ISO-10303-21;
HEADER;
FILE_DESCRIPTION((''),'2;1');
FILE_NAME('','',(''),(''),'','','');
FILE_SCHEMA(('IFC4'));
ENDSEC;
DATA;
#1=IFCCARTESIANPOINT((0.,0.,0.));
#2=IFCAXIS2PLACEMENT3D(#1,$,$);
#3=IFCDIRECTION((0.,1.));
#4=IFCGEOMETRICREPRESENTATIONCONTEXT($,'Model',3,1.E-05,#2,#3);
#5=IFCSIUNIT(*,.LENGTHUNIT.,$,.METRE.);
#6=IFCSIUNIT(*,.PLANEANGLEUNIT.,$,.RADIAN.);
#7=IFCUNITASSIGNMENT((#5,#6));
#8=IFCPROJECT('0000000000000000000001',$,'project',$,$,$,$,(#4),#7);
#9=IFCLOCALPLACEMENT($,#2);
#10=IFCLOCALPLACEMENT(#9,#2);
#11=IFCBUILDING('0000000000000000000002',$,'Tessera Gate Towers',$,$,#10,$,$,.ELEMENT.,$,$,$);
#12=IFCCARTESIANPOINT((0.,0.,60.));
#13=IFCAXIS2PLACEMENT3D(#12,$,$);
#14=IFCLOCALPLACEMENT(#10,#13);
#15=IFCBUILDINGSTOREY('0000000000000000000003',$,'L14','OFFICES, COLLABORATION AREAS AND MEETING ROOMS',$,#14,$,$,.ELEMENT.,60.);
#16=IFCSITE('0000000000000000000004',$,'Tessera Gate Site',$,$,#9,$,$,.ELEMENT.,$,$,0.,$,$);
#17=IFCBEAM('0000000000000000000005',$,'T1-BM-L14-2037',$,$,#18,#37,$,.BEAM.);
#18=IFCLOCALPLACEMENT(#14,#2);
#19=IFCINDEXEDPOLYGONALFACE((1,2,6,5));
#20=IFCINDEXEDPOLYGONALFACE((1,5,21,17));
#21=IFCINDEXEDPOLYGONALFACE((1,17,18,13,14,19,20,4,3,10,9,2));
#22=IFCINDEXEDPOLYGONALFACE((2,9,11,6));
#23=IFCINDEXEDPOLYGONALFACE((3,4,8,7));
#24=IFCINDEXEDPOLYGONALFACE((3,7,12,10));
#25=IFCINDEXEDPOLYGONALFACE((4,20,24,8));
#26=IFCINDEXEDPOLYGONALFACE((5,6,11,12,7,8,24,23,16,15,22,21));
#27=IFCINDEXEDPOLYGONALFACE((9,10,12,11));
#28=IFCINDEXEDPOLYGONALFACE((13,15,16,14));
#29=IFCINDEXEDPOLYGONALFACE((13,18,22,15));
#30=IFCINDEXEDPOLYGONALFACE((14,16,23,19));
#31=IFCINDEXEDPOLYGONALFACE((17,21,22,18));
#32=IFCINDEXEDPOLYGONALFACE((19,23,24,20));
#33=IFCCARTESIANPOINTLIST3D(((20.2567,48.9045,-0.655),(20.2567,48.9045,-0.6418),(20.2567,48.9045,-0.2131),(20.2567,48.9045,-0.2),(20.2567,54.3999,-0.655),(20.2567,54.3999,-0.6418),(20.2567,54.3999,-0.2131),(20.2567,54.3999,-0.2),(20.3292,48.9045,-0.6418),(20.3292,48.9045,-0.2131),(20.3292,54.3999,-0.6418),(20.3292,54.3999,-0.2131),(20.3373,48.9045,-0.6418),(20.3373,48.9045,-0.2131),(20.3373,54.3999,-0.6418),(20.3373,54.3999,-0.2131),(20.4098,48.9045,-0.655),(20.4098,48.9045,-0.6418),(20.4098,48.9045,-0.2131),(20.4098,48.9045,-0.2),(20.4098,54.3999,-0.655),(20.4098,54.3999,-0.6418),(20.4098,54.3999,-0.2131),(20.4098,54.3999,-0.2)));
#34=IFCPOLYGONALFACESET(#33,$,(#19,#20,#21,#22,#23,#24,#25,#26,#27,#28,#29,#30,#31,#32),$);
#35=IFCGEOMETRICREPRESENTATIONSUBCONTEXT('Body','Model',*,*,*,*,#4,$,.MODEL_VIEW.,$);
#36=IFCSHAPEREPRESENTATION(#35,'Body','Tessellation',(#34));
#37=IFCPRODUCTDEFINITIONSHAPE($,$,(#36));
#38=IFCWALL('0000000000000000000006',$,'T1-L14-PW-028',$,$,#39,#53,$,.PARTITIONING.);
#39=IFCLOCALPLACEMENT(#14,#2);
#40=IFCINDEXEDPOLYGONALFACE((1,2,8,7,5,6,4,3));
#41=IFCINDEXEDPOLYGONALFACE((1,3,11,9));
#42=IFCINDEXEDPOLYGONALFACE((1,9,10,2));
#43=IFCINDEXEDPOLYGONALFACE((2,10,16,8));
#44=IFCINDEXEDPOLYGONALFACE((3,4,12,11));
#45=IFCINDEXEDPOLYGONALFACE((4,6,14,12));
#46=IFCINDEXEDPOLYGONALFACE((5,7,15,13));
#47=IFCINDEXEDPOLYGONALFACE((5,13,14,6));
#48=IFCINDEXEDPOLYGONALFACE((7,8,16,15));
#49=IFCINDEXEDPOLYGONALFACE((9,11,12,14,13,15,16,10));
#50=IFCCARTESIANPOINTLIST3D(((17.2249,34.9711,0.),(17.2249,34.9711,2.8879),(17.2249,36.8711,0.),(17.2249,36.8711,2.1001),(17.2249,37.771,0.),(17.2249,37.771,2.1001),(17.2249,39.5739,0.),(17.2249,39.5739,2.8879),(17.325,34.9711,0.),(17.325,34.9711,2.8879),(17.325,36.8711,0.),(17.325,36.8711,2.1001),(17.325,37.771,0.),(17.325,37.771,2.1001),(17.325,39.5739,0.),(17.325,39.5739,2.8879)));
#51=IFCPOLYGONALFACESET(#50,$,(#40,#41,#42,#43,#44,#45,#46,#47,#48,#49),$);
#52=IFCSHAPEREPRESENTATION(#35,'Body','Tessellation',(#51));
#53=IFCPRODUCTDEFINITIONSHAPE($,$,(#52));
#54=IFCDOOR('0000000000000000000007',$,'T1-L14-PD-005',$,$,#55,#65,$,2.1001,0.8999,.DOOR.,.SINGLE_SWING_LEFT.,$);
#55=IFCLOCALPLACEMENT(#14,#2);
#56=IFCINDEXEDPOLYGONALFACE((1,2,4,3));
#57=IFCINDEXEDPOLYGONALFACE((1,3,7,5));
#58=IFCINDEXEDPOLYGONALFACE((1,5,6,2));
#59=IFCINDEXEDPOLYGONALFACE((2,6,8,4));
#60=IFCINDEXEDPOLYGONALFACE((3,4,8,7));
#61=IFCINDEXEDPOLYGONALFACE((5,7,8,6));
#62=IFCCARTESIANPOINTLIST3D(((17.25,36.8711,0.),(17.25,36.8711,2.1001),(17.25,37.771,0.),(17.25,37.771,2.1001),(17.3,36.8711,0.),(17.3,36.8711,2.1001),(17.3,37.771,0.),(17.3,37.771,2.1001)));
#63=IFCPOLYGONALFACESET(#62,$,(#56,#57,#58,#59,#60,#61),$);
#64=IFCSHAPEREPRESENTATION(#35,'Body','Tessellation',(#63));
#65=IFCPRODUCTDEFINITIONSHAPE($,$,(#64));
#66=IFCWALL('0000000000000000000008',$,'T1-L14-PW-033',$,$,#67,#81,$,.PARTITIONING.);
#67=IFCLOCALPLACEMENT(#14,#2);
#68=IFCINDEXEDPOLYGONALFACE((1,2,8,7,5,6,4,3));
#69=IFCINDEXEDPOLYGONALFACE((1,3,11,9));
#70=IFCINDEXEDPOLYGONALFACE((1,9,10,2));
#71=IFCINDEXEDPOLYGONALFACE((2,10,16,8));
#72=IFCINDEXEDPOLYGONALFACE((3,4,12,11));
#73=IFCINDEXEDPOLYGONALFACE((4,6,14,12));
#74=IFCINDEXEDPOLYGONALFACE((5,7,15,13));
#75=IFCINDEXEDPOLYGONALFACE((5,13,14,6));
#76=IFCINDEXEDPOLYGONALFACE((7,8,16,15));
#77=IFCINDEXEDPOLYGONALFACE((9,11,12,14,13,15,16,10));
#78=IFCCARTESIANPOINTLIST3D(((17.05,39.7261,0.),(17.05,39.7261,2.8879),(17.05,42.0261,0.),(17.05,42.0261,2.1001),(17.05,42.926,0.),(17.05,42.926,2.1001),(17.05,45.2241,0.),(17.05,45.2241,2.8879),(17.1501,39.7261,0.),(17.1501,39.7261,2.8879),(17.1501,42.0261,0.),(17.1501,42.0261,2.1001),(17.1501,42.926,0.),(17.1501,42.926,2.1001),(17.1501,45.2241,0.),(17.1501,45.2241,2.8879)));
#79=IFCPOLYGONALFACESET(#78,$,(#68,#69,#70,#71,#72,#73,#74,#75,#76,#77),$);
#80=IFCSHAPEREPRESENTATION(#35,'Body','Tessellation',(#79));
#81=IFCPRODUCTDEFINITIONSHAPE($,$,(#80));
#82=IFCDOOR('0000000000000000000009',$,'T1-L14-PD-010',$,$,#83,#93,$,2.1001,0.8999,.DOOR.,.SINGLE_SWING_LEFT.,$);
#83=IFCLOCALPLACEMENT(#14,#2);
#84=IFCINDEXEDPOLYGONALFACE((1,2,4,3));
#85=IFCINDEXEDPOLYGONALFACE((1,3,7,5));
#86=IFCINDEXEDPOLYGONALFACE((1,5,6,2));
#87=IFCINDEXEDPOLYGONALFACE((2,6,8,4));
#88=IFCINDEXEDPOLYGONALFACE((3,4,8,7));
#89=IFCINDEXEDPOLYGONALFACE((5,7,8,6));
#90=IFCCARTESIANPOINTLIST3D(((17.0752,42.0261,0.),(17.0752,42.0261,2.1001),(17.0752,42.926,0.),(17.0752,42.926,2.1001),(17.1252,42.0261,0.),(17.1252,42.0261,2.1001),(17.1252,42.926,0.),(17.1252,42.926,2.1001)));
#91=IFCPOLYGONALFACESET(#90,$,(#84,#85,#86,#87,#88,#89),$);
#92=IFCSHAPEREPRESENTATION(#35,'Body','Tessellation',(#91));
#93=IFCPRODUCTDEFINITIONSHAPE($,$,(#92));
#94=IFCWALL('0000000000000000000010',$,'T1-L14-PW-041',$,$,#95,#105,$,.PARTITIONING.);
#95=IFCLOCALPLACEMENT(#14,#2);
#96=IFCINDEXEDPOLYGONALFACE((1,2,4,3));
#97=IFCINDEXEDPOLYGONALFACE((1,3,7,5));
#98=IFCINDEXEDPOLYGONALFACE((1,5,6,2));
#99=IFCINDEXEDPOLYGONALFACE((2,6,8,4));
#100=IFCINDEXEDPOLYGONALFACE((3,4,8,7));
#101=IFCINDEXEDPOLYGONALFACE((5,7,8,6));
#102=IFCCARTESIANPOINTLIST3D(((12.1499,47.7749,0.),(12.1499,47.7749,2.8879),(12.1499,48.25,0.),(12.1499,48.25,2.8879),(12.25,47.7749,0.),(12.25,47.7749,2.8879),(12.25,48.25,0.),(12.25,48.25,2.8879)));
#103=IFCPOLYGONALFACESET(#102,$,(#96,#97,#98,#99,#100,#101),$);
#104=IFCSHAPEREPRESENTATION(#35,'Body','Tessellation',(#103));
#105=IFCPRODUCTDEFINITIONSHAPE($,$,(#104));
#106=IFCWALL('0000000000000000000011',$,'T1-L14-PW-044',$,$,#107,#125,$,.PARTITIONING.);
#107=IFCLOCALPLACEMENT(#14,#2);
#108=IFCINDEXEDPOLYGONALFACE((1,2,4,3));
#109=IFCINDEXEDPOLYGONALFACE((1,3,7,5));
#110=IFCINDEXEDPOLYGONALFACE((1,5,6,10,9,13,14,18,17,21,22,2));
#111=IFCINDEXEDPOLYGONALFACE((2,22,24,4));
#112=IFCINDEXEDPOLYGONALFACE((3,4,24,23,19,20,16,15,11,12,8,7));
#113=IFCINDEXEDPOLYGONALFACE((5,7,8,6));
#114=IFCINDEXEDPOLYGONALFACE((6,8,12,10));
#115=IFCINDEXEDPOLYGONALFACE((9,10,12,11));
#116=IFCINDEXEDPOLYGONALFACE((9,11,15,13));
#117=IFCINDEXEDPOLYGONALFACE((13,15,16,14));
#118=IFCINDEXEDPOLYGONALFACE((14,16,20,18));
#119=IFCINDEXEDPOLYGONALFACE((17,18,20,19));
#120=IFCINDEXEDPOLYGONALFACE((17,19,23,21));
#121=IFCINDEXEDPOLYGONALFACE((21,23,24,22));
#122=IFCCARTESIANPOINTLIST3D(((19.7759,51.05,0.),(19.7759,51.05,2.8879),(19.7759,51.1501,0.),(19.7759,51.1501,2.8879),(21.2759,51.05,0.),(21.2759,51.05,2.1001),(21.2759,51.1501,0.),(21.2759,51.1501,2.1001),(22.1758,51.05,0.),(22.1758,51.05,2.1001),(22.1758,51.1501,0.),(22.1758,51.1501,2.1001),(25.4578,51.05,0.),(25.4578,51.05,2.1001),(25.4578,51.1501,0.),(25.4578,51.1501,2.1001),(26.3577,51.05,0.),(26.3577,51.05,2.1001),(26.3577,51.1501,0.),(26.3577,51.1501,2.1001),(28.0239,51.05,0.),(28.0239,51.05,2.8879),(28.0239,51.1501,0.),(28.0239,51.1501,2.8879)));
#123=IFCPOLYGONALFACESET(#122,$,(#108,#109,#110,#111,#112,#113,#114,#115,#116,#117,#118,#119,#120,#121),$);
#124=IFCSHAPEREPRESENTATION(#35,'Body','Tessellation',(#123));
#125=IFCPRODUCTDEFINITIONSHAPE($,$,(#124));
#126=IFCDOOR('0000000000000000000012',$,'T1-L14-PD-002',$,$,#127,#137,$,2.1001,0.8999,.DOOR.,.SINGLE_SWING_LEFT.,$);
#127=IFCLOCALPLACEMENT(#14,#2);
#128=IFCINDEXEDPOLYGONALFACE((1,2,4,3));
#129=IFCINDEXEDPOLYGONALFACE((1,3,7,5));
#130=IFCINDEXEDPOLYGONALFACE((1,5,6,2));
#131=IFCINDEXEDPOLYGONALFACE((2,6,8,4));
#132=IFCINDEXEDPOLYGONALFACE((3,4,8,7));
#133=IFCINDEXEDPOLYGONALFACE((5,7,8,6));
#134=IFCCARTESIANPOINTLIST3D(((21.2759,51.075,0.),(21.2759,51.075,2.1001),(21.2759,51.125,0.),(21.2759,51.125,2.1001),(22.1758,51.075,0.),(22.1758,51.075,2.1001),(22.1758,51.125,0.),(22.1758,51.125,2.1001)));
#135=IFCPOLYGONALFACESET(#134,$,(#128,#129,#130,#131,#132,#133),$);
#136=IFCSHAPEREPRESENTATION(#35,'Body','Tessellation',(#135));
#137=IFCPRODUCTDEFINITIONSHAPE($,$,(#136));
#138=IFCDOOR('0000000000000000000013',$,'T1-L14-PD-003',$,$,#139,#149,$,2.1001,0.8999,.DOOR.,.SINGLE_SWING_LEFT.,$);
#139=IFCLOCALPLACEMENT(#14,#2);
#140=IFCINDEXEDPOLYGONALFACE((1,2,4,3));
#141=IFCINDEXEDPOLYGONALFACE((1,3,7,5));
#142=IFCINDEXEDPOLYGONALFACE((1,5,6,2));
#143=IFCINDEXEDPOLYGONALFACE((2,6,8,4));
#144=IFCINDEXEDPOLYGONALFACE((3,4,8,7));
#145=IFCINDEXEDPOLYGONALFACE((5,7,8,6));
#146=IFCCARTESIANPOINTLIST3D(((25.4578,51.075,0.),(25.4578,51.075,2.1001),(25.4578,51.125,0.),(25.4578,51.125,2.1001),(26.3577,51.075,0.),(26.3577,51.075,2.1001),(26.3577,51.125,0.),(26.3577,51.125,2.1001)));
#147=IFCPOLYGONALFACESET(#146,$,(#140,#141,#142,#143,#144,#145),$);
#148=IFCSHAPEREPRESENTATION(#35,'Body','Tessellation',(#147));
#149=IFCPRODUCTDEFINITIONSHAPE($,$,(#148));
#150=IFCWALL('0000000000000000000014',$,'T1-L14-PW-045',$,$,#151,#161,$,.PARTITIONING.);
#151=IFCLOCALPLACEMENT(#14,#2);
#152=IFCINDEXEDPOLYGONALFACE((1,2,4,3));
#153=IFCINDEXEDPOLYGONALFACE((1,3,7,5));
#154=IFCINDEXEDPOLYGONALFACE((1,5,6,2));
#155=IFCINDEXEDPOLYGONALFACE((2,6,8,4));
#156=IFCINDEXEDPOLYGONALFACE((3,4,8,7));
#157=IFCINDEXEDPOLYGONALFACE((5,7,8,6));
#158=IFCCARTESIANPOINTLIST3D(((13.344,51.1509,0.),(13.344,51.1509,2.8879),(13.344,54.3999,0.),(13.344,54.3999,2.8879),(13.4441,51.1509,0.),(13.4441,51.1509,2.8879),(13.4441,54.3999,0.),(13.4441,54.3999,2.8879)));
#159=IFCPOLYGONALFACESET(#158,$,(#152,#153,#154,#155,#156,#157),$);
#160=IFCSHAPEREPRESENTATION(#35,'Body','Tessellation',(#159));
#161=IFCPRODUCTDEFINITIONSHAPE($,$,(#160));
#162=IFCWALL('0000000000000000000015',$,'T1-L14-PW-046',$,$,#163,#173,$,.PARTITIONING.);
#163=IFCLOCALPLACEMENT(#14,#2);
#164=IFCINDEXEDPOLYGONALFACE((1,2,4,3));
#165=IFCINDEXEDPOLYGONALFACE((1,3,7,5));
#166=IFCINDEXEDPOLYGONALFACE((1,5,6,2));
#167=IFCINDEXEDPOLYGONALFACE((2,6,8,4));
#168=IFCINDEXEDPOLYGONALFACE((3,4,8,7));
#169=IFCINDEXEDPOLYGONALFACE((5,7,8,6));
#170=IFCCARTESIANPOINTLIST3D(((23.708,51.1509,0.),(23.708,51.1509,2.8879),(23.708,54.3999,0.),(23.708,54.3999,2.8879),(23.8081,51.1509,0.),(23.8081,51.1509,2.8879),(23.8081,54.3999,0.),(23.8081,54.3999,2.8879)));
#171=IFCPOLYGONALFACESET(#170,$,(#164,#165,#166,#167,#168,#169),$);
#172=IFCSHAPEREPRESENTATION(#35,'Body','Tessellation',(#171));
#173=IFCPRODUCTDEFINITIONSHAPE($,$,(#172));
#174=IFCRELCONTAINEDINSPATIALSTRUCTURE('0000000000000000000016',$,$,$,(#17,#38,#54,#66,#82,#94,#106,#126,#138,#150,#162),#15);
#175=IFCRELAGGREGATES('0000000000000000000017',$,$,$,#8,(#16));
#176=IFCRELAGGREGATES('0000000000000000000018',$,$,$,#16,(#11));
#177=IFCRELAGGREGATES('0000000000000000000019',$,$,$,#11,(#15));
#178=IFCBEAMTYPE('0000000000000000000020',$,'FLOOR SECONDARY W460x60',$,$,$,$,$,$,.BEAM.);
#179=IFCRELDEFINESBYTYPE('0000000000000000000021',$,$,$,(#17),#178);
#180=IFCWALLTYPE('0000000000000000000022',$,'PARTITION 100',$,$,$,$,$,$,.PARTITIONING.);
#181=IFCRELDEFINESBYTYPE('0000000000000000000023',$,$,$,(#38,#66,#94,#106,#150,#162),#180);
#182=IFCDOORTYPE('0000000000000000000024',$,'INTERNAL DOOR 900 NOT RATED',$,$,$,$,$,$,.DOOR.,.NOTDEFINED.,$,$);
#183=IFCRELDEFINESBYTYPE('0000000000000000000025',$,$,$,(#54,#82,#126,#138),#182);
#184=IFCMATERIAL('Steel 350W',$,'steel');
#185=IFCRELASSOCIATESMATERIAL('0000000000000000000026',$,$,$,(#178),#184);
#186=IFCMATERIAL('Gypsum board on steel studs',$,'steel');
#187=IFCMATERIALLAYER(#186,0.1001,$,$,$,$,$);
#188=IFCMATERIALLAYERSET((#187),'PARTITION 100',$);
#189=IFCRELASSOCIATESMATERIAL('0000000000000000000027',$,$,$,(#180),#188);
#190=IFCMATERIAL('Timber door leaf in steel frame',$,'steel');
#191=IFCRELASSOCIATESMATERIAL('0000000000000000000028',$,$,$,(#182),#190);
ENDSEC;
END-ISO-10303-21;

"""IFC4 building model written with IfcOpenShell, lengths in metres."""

from ifc_helpers import new_model, si_unit, direction, frame, frame_2d, origin, origin_2d, place, context, subcontext, project, spatial, rectangle, i_section, extrude, source, transform, mapped, material, layer, layer_set, material_profile, profile_set, type_object, element, fill, save


model = new_model("IFC4")

# Units and contexts
model_context = context("Model", 3, precision=1e-05, world=origin(), true_north=direction((0.0, 1.0)))
body_context = subcontext(model_context, "Body", "Model", "MODEL_VIEW")
ifc_project = project(units=[si_unit("LENGTHUNIT", "METRE"), si_unit("PLANEANGLEUNIT", "RADIAN")], contexts=[model_context])

# Site, building, storey
site_placement = place(None, origin())
site = spatial("IfcSite", under=ifc_project, at=site_placement, Name="Tessera Gate Site", CompositionType="ELEMENT", RefElevation=0.0)
building_placement = place(site_placement, origin())
building = spatial("IfcBuilding", under=site, at=building_placement, Name="Tessera Gate Towers", CompositionType="ELEMENT")
storey_placement = place(building_placement, frame((0.0, 0.0, 60.0)))
storey = spatial("IfcBuildingStorey", under=building, at=storey_placement, Name="L14", Description="OFFICES, COLLABORATION AREAS AND MEETING ROOMS", CompositionType="ELEMENT", Elevation=60.0)

# Beam
ifc_material_1 = material(Name="Steel 350W", Category="steel")
ifc_material_profile_1 = material_profile(ifc_material_1, i_section(OverallWidth=0.1531, OverallDepth=0.4551, WebThickness=0.0081, FlangeThickness=0.0132, at=origin_2d()), Name="W460x60")
ifc_profile_set_1 = profile_set([ifc_material_profile_1], Name="Steel 350W")
beam_type_1 = type_object("IfcBeamType", Name="FLOOR SECONDARY W460x60", PredefinedType="BEAM", material=ifc_profile_set_1)
beam_1_placement = place(storey_placement, frame((20.3333, 48.9045, -0.4275), z_axis=(0.0, 1.0, 0.0), x_axis=(-1.0, 0.0, 0.0)))
element("IfcBeam", 1, at=beam_1_placement, inside=storey, type_object=beam_type_1, Name="T1-BM-L14-2037", PredefinedType="BEAM", context=body_context, shape_type="SweptSolid", body=[
    extrude(i_section(OverallWidth=0.1531, OverallDepth=0.4551, WebThickness=0.0081, FlangeThickness=0.0132, at=origin_2d()), origin(), (0.0, 0.0, 1.0), 5.4954),
])

# Walls, openings, doors
ifc_material_2 = material(Name="Gypsum board on steel studs", Category="steel")
ifc_layer_1 = layer(ifc_material_2, 0.1001)
ifc_layer_set_1 = layer_set([ifc_layer_1], Name="PARTITION 100")
wall_type_1 = type_object("IfcWallType", Name="PARTITION 100", PredefinedType="PARTITIONING", material=ifc_layer_set_1)
wall_1_placement = place(storey_placement, frame((17.2749, 34.9712, 0.0), z_axis=(0.0, 0.0, 1.0), x_axis=(0.0, 1.0, 0.0)))
wall_1 = element("IfcWall", 2, at=wall_1_placement, inside=storey, type_object=wall_type_1, Name="T1-L14-PW-028", PredefinedType="PARTITIONING", context=body_context, shape_type="SweptSolid", body=[
    extrude(rectangle(XDim=4.6028, YDim=0.1001, at=frame_2d((2.3013, 0.0))), origin(), (0.0, 0.0, 1.0), 2.8879),
])
shared_shape_1 = source(origin(), body_context, "Body", "SweptSolid", [
    extrude(rectangle(XDim=0.8999, YDim=2.1001, at=frame_2d((0.45, 1.05))), frame((0.0, 0.0601, 0.0), z_axis=(0.0, -1.0, 0.0), x_axis=(1.0, 0.0, 0.0)), (0.0, 0.0, 1.0), 0.1201),
])
opening_1_placement = place(wall_1_placement, frame((1.8999, 0.0, 0.0)))
opening_1 = element("IfcOpeningElement", 3, at=opening_1_placement, cuts=wall_1, PredefinedType="OPENING", context=body_context, shape_type="MappedRepresentation", body=[
    mapped(shared_shape_1, transform((0.0, 0.0, 0.0), scale=1.0)),
])
ifc_material_3 = material(Name="Timber door leaf in steel frame", Category="steel")
door_type = type_object("IfcDoorType", Name="INTERNAL DOOR 900 NOT RATED", OperationType="NOTDEFINED", PredefinedType="DOOR", material=ifc_material_3)
shared_shape_2 = source(origin(), body_context, "Body", "SweptSolid", [
    extrude(rectangle(XDim=0.8999, YDim=2.1001, at=frame_2d((0.45, 1.05))), frame((0.0, 0.0249, 0.0), z_axis=(0.0, -1.0, 0.0), x_axis=(1.0, 0.0, 0.0)), (0.0, 0.0, 1.0), 0.05),
])
door_1_placement = place(opening_1_placement, origin())
door_1 = element("IfcDoor", 4, at=door_1_placement, inside=storey, type_object=door_type, Name="T1-L14-PD-005", OperationType="SINGLE_SWING_LEFT", OverallHeight=2.1001, OverallWidth=0.8999, PredefinedType="DOOR", context=body_context, shape_type="MappedRepresentation", body=[
    mapped(shared_shape_2, transform((0.0, 0.0, 0.0), scale=1.0)),
])
fill(opening_1, door_1)
wall_2_placement = place(storey_placement, frame((17.1001, 39.7261, 0.0), z_axis=(0.0, 0.0, 1.0), x_axis=(0.0, 1.0, 0.0)))
wall_2 = element("IfcWall", 5, at=wall_2_placement, inside=storey, type_object=wall_type_1, Name="T1-L14-PW-033", PredefinedType="PARTITIONING", context=body_context, shape_type="SweptSolid", body=[
    extrude(rectangle(XDim=5.498, YDim=0.1001, at=frame_2d((2.749, 0.0))), origin(), (0.0, 0.0, 1.0), 2.8879),
])
opening_2_placement = place(wall_2_placement, frame((2.3, 0.0, 0.0)))
opening_2 = element("IfcOpeningElement", 6, at=opening_2_placement, cuts=wall_2, PredefinedType="OPENING", context=body_context, shape_type="MappedRepresentation", body=[
    mapped(shared_shape_1, transform((0.0, 0.0, 0.0), scale=1.0)),
])
door_2_placement = place(opening_2_placement, origin())
door_2 = element("IfcDoor", 7, at=door_2_placement, inside=storey, type_object=door_type, Name="T1-L14-PD-010", OperationType="SINGLE_SWING_LEFT", OverallHeight=2.1001, OverallWidth=0.8999, PredefinedType="DOOR", context=body_context, shape_type="MappedRepresentation", body=[
    mapped(shared_shape_2, transform((0.0, 0.0, 0.0), scale=1.0)),
])
fill(opening_2, door_2)

# Wall
wall_3_placement = place(storey_placement, frame((12.2, 48.25, 0.0), z_axis=(0.0, 0.0, 1.0), x_axis=(0.0, -1.0, 0.0)))
element("IfcWall", 8, at=wall_3_placement, inside=storey, type_object=wall_type_1, Name="T1-L14-PW-041", PredefinedType="PARTITIONING", context=body_context, shape_type="SweptSolid", body=[
    extrude(rectangle(XDim=0.4751, YDim=0.1001, at=frame_2d((0.2375, 0.0))), origin(), (0.0, 0.0, 1.0), 2.8879),
])

# Wall, openings, doors
wall_4_placement = place(storey_placement, frame((19.7759, 51.1001, 0.0), z_axis=(0.0, 0.0, 1.0), x_axis=(1.0, 0.0, 0.0)))
wall_4 = element("IfcWall", 9, at=wall_4_placement, inside=storey, type_object=wall_type_1, Name="T1-L14-PW-044", PredefinedType="PARTITIONING", context=body_context, shape_type="SweptSolid", body=[
    extrude(rectangle(XDim=8.248, YDim=0.1001, at=frame_2d((4.124, 0.0))), origin(), (0.0, 0.0, 1.0), 2.8879),
])
opening_3_placement = place(wall_4_placement, frame((1.5, 0.0, 0.0)))
opening_3 = element("IfcOpeningElement", 10, at=opening_3_placement, cuts=wall_4, PredefinedType="OPENING", context=body_context, shape_type="MappedRepresentation", body=[
    mapped(shared_shape_1, transform((0.0, 0.0, 0.0), scale=1.0)),
])
opening_4_placement = place(wall_4_placement, frame((5.6819, 0.0, 0.0)))
opening_4 = element("IfcOpeningElement", 11, at=opening_4_placement, cuts=wall_4, PredefinedType="OPENING", context=body_context, shape_type="MappedRepresentation", body=[
    mapped(shared_shape_1, transform((0.0, 0.0, 0.0), scale=1.0)),
])
door_3_placement = place(opening_3_placement, origin())
door_3 = element("IfcDoor", 12, at=door_3_placement, inside=storey, type_object=door_type, Name="T1-L14-PD-002", OperationType="SINGLE_SWING_LEFT", OverallHeight=2.1001, OverallWidth=0.8999, PredefinedType="DOOR", context=body_context, shape_type="MappedRepresentation", body=[
    mapped(shared_shape_2, transform((0.0, 0.0, 0.0), scale=1.0)),
])
fill(opening_3, door_3)
door_4_placement = place(opening_4_placement, origin())
door_4 = element("IfcDoor", 13, at=door_4_placement, inside=storey, type_object=door_type, Name="T1-L14-PD-003", OperationType="SINGLE_SWING_LEFT", OverallHeight=2.1001, OverallWidth=0.8999, PredefinedType="DOOR", context=body_context, shape_type="MappedRepresentation", body=[
    mapped(shared_shape_2, transform((0.0, 0.0, 0.0), scale=1.0)),
])
fill(opening_4, door_4)

# Walls
for number, where, z_axis, x_axis, name in (
    (14, (13.394, 51.1509, 0.0), (0.0, 0.0, 1.0), (0.0, 1.0, 0.0), "T1-L14-PW-045"),
    (15, (23.7581, 51.1509, 0.0), (0.0, 0.0, 1.0), (0.0, 1.0, 0.0), "T1-L14-PW-046"),
):
    element("IfcWall", number, at=place(storey_placement, frame(where, z_axis=z_axis, x_axis=x_axis)), inside=storey, type_object=wall_type_1, Name=name, PredefinedType="PARTITIONING", context=body_context, shape_type="SweptSolid", body=[
        extrude(rectangle(XDim=3.249, YDim=0.1001, at=frame_2d((1.6245, 0.0))), origin(), (0.0, 0.0, 1.0), 2.8879),
    ])

save(model, "model.ifc")
